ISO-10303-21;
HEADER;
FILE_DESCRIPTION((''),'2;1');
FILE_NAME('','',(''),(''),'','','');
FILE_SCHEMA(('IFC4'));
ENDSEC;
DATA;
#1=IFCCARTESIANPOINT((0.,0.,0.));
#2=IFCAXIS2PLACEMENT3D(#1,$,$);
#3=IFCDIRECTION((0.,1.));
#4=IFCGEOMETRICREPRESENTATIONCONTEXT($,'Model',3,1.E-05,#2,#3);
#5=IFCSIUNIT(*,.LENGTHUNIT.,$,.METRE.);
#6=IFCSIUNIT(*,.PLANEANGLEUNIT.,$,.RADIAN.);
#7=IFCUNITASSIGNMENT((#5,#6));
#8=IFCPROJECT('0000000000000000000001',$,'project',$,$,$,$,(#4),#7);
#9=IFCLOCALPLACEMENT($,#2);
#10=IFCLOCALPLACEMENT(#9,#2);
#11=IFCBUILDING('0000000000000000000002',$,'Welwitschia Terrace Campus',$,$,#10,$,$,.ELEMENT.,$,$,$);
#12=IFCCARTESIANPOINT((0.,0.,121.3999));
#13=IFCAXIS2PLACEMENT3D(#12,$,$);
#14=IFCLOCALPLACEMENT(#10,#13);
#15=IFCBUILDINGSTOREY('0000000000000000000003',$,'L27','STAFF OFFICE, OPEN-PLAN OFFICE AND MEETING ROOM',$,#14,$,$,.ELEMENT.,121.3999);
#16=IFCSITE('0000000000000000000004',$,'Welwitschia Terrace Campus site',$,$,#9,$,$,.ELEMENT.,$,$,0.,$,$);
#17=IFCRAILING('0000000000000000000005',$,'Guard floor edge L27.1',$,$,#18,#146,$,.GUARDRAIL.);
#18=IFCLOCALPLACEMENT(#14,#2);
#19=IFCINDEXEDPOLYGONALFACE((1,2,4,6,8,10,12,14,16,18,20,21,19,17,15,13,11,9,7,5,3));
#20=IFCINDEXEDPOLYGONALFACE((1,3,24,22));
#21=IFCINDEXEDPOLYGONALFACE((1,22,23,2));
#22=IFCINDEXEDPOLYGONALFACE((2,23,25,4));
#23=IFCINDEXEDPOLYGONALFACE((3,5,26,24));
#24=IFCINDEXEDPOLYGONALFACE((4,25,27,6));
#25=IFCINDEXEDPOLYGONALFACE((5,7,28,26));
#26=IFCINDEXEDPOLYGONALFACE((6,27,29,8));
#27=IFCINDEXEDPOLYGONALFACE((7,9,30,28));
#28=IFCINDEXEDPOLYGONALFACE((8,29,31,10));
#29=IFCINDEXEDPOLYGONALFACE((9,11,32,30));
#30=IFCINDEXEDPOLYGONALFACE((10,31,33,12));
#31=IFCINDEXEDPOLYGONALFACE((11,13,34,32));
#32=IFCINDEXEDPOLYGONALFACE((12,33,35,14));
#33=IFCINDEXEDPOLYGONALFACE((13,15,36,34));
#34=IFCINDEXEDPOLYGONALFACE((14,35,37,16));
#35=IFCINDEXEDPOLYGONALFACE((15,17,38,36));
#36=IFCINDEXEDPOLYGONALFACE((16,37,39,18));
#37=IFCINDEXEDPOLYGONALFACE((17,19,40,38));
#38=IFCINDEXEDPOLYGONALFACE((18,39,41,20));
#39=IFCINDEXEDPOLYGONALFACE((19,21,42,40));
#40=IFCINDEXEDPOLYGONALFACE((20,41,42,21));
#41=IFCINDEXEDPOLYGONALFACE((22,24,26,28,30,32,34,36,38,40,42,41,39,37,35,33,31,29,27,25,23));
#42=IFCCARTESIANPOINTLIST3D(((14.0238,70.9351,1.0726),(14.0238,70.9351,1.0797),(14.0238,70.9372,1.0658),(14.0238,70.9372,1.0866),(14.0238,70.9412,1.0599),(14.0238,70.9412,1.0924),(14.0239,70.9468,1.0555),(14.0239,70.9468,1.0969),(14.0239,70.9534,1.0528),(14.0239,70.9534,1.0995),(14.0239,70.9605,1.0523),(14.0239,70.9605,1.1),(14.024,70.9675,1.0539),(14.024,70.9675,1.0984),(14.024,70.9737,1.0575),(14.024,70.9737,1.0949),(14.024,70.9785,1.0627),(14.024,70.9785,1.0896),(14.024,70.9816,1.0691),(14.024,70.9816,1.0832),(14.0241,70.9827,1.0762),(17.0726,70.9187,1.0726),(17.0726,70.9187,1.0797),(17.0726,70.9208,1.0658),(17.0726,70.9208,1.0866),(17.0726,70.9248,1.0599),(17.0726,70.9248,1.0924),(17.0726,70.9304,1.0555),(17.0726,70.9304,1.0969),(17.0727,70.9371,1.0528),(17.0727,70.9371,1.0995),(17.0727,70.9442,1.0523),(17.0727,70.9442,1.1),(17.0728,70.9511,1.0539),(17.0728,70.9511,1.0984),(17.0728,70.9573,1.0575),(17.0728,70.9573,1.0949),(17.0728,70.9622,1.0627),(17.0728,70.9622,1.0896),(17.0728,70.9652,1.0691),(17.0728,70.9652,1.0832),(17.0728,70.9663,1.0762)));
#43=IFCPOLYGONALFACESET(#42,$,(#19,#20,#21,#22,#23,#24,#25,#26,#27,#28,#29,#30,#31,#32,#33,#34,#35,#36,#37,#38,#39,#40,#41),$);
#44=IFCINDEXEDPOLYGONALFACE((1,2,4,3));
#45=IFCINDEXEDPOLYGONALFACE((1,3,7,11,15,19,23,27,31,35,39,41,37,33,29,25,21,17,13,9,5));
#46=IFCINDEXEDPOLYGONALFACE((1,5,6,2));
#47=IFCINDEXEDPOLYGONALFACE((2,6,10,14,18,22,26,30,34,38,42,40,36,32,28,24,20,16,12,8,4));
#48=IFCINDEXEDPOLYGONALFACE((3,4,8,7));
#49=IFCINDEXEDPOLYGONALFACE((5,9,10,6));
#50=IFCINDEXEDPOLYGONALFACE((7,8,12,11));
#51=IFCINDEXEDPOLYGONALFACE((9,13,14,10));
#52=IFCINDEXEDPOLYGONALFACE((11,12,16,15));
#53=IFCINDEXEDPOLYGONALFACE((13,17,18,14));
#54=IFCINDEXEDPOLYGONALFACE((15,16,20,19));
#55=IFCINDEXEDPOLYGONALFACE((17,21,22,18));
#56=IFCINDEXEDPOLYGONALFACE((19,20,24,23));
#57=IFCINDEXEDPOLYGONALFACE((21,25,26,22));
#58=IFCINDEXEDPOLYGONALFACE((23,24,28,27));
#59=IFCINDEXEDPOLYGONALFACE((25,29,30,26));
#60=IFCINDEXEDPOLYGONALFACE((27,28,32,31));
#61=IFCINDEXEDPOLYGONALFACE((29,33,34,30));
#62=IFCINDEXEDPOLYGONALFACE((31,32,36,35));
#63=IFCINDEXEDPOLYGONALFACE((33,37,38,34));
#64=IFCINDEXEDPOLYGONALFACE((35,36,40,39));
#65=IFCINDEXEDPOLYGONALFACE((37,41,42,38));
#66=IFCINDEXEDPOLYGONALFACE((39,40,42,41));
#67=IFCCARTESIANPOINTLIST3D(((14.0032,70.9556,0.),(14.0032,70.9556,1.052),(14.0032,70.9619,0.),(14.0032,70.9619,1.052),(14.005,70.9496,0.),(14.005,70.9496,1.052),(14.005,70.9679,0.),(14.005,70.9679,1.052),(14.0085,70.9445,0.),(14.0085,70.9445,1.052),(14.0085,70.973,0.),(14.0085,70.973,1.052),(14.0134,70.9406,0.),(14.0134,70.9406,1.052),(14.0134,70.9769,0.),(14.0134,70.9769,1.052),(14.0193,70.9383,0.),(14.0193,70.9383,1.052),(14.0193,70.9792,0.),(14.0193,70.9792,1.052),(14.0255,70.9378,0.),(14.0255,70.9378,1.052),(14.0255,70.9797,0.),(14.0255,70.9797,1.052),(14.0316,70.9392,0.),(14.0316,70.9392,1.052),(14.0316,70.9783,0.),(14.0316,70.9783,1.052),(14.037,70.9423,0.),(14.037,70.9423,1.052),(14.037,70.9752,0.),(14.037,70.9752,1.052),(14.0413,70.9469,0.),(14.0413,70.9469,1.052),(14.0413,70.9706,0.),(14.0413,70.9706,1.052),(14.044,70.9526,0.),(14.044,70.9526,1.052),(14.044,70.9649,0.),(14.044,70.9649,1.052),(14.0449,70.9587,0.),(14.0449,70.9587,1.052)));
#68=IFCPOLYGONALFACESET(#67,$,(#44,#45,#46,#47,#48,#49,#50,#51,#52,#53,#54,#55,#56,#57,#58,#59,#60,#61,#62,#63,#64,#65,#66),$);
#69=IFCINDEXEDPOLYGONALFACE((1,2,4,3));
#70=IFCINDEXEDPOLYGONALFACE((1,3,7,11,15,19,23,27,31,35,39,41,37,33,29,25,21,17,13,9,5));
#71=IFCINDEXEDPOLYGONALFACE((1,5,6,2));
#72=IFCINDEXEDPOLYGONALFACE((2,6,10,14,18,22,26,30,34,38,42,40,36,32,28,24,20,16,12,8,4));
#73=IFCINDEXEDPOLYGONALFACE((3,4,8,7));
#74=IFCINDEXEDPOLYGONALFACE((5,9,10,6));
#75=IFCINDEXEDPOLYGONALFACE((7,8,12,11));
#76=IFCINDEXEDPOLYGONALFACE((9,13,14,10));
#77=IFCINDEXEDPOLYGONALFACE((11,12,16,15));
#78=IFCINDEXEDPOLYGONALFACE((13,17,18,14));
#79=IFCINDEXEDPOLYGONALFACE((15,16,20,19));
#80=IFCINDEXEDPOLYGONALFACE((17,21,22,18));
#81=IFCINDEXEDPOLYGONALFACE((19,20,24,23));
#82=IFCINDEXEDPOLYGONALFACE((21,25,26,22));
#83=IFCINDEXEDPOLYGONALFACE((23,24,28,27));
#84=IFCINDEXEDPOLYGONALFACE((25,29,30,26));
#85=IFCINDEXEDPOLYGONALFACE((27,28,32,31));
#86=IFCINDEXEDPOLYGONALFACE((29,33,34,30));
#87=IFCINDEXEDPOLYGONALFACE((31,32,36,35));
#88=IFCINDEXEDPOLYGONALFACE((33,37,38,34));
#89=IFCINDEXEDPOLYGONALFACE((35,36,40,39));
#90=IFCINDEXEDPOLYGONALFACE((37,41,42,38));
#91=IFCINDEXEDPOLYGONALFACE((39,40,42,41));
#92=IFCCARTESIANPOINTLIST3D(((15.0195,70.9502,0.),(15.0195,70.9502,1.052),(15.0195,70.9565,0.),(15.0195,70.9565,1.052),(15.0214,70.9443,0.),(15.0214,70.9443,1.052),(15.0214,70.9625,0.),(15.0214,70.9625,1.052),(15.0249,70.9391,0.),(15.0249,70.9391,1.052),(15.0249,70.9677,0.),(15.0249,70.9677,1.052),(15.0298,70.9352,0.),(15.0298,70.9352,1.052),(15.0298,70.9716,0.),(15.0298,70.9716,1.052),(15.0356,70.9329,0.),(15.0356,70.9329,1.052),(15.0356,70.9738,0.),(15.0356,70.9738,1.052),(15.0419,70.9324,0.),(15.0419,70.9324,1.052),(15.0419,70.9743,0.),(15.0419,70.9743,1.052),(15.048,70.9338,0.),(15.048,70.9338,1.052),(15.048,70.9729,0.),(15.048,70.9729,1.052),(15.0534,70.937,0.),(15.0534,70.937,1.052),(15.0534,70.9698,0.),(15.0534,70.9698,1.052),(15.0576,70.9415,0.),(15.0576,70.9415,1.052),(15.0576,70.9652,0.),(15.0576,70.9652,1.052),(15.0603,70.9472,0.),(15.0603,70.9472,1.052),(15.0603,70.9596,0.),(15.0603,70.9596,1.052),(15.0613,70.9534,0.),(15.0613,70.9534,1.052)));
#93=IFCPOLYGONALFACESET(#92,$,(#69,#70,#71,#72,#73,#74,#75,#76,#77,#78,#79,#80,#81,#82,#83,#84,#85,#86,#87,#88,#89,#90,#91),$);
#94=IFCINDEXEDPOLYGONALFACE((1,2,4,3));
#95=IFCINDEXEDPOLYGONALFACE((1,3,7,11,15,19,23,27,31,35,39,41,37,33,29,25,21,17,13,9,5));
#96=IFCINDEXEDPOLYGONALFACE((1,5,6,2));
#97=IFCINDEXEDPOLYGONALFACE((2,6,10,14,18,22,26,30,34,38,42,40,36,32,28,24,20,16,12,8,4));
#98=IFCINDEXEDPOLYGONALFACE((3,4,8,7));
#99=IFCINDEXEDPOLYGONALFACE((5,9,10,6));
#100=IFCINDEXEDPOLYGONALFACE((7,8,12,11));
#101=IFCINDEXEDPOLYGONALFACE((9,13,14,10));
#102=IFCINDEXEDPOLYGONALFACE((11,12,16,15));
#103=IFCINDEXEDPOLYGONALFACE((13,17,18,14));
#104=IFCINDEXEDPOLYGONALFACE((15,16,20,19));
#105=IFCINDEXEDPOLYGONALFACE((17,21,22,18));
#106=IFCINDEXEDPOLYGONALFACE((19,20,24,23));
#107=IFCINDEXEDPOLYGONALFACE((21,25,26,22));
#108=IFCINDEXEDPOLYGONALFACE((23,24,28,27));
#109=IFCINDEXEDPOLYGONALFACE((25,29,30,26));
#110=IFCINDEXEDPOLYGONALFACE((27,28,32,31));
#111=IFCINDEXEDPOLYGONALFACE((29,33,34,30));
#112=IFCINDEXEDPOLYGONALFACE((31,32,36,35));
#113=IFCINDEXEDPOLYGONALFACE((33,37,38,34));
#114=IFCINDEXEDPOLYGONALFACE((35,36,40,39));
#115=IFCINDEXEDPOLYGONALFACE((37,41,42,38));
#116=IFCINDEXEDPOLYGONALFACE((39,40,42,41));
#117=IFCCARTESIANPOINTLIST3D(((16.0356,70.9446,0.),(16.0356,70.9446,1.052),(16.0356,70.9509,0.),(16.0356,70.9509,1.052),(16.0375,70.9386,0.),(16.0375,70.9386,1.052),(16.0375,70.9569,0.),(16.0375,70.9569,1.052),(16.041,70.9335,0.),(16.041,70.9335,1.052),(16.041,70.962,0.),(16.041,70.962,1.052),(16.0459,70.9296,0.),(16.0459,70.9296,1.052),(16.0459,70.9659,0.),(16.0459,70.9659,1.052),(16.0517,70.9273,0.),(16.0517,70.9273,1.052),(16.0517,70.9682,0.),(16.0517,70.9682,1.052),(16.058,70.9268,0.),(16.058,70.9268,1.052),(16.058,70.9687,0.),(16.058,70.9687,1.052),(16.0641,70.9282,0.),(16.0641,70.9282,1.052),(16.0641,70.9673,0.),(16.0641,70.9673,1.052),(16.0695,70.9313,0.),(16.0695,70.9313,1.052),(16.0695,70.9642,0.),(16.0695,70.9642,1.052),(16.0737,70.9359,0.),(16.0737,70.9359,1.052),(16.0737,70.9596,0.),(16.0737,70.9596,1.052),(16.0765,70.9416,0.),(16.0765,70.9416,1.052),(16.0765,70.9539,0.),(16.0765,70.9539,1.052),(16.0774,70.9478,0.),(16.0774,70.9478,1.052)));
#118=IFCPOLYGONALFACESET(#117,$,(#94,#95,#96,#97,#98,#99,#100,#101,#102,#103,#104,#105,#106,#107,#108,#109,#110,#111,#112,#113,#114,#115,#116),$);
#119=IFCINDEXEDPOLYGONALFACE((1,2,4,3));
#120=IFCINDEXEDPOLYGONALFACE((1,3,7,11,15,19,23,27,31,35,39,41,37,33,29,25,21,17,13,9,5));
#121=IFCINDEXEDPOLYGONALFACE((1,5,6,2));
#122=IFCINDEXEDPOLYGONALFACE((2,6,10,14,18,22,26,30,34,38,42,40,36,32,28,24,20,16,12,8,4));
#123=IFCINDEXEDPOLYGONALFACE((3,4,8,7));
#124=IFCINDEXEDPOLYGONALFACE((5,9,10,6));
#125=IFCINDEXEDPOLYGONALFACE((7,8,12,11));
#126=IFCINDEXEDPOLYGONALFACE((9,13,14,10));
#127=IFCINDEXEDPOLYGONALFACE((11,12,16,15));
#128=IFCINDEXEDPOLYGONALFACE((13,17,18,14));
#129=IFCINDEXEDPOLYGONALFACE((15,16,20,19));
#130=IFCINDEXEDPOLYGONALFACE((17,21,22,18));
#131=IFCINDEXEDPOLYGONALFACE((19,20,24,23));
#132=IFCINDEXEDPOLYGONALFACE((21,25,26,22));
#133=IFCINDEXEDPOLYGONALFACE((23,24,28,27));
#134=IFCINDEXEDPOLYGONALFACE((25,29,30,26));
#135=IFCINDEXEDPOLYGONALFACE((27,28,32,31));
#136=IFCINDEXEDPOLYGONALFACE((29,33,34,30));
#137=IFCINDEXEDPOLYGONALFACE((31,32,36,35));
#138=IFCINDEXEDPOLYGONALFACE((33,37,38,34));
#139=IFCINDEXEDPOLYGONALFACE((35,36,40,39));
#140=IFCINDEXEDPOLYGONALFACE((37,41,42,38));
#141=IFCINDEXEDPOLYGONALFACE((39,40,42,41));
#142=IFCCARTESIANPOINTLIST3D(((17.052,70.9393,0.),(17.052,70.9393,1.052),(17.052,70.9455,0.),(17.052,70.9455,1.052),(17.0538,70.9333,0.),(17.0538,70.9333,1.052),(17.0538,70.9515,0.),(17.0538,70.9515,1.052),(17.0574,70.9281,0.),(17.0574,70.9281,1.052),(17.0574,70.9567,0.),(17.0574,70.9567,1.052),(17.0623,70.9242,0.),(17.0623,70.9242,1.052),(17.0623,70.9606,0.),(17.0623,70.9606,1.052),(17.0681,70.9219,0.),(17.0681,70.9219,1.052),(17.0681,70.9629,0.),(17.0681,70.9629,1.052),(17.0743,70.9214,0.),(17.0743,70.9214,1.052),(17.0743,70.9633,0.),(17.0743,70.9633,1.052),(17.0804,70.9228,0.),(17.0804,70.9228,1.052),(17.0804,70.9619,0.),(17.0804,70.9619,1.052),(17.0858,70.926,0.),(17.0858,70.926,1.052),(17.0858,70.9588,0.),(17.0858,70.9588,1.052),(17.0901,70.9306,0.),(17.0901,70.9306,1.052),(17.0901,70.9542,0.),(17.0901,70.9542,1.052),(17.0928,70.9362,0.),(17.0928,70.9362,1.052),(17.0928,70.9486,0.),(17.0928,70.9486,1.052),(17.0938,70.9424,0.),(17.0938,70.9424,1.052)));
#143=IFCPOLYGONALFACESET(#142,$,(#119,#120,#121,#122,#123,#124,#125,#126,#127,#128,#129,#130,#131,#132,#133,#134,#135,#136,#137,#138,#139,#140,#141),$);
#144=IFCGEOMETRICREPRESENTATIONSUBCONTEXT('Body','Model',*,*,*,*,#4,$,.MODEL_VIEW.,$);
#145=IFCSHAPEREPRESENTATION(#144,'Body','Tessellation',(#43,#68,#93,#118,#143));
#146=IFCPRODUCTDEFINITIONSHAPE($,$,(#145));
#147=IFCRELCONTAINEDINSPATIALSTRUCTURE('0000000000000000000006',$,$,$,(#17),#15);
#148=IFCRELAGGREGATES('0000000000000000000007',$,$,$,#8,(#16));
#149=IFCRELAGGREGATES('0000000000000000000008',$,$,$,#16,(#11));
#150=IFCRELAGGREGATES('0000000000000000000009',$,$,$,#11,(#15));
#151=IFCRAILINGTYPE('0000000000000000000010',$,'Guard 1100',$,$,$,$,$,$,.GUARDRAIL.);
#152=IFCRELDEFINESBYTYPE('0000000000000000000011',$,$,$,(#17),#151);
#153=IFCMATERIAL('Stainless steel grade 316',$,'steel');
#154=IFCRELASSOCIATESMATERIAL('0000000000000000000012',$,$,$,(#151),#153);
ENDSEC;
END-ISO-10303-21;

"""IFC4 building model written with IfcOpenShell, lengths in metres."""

from ifc_helpers import new_model, si_unit, direction, frame, origin, origin_2d, place, context, subcontext, project, spatial, circle, extrude, material, type_object, element, save


model = new_model("IFC4")

# Units and contexts
model_context = context("Model", 3, precision=1e-05, world=origin(), true_north=direction((0.0, 1.0)))
body_context = subcontext(model_context, "Body", "Model", "MODEL_VIEW")
ifc_project = project(units=[si_unit("LENGTHUNIT", "METRE"), si_unit("PLANEANGLEUNIT", "RADIAN")], contexts=[model_context])

# Site, building, storey
site_placement = place(None, origin())
site = spatial("IfcSite", under=ifc_project, at=site_placement, Name="Welwitschia Terrace Campus site", CompositionType="ELEMENT", RefElevation=0.0)
building_placement = place(site_placement, origin())
building = spatial("IfcBuilding", under=site, at=building_placement, Name="Welwitschia Terrace Campus", CompositionType="ELEMENT")
storey_placement = place(building_placement, frame((0.0, 0.0, 121.3999)))
storey = spatial("IfcBuildingStorey", under=building, at=storey_placement, Name="L27", Description="STAFF OFFICE, OPEN-PLAN OFFICE AND MEETING ROOM", CompositionType="ELEMENT", Elevation=121.3999)

# Railing
ifc_material_1 = material(Name="Stainless steel grade 316", Category="steel")
railing_type = type_object("IfcRailingType", Name="Guard 1100", PredefinedType="GUARDRAIL", material=ifc_material_1)
railing_1_placement = place(storey_placement, frame((14.0239, 70.9587, 0.0)))
element("IfcRailing", 1, at=railing_1_placement, inside=storey, type_object=railing_type, Name="Guard floor edge L27.1", PredefinedType="GUARDRAIL", context=body_context, shape_type="SweptSolid", body=[
    extrude(circle(Radius=0.0239, at=origin_2d()), frame((0.0, 0.0, 1.0762), z_axis=(0.999986, -0.005365, 0.0), x_axis=(0.005365, 0.999986, 0.0)), (0.0, 0.0, 1.0), 3.0488),
    extrude(circle(Radius=0.021, at=origin_2d()), origin(), (0.0, 0.0, 1.0), 1.052),
    extrude(circle(Radius=0.021, at=origin_2d()), frame((1.0164, -0.0054, 0.0)), (0.0, 0.0, 1.0), 1.052),
    extrude(circle(Radius=0.021, at=origin_2d()), frame((2.0325, -0.011, 0.0)), (0.0, 0.0, 1.0), 1.052),
    extrude(circle(Radius=0.021, at=origin_2d()), frame((3.0488, -0.0164, 0.0)), (0.0, 0.0, 1.0), 1.052),
])

save(model, "model.ifc")
